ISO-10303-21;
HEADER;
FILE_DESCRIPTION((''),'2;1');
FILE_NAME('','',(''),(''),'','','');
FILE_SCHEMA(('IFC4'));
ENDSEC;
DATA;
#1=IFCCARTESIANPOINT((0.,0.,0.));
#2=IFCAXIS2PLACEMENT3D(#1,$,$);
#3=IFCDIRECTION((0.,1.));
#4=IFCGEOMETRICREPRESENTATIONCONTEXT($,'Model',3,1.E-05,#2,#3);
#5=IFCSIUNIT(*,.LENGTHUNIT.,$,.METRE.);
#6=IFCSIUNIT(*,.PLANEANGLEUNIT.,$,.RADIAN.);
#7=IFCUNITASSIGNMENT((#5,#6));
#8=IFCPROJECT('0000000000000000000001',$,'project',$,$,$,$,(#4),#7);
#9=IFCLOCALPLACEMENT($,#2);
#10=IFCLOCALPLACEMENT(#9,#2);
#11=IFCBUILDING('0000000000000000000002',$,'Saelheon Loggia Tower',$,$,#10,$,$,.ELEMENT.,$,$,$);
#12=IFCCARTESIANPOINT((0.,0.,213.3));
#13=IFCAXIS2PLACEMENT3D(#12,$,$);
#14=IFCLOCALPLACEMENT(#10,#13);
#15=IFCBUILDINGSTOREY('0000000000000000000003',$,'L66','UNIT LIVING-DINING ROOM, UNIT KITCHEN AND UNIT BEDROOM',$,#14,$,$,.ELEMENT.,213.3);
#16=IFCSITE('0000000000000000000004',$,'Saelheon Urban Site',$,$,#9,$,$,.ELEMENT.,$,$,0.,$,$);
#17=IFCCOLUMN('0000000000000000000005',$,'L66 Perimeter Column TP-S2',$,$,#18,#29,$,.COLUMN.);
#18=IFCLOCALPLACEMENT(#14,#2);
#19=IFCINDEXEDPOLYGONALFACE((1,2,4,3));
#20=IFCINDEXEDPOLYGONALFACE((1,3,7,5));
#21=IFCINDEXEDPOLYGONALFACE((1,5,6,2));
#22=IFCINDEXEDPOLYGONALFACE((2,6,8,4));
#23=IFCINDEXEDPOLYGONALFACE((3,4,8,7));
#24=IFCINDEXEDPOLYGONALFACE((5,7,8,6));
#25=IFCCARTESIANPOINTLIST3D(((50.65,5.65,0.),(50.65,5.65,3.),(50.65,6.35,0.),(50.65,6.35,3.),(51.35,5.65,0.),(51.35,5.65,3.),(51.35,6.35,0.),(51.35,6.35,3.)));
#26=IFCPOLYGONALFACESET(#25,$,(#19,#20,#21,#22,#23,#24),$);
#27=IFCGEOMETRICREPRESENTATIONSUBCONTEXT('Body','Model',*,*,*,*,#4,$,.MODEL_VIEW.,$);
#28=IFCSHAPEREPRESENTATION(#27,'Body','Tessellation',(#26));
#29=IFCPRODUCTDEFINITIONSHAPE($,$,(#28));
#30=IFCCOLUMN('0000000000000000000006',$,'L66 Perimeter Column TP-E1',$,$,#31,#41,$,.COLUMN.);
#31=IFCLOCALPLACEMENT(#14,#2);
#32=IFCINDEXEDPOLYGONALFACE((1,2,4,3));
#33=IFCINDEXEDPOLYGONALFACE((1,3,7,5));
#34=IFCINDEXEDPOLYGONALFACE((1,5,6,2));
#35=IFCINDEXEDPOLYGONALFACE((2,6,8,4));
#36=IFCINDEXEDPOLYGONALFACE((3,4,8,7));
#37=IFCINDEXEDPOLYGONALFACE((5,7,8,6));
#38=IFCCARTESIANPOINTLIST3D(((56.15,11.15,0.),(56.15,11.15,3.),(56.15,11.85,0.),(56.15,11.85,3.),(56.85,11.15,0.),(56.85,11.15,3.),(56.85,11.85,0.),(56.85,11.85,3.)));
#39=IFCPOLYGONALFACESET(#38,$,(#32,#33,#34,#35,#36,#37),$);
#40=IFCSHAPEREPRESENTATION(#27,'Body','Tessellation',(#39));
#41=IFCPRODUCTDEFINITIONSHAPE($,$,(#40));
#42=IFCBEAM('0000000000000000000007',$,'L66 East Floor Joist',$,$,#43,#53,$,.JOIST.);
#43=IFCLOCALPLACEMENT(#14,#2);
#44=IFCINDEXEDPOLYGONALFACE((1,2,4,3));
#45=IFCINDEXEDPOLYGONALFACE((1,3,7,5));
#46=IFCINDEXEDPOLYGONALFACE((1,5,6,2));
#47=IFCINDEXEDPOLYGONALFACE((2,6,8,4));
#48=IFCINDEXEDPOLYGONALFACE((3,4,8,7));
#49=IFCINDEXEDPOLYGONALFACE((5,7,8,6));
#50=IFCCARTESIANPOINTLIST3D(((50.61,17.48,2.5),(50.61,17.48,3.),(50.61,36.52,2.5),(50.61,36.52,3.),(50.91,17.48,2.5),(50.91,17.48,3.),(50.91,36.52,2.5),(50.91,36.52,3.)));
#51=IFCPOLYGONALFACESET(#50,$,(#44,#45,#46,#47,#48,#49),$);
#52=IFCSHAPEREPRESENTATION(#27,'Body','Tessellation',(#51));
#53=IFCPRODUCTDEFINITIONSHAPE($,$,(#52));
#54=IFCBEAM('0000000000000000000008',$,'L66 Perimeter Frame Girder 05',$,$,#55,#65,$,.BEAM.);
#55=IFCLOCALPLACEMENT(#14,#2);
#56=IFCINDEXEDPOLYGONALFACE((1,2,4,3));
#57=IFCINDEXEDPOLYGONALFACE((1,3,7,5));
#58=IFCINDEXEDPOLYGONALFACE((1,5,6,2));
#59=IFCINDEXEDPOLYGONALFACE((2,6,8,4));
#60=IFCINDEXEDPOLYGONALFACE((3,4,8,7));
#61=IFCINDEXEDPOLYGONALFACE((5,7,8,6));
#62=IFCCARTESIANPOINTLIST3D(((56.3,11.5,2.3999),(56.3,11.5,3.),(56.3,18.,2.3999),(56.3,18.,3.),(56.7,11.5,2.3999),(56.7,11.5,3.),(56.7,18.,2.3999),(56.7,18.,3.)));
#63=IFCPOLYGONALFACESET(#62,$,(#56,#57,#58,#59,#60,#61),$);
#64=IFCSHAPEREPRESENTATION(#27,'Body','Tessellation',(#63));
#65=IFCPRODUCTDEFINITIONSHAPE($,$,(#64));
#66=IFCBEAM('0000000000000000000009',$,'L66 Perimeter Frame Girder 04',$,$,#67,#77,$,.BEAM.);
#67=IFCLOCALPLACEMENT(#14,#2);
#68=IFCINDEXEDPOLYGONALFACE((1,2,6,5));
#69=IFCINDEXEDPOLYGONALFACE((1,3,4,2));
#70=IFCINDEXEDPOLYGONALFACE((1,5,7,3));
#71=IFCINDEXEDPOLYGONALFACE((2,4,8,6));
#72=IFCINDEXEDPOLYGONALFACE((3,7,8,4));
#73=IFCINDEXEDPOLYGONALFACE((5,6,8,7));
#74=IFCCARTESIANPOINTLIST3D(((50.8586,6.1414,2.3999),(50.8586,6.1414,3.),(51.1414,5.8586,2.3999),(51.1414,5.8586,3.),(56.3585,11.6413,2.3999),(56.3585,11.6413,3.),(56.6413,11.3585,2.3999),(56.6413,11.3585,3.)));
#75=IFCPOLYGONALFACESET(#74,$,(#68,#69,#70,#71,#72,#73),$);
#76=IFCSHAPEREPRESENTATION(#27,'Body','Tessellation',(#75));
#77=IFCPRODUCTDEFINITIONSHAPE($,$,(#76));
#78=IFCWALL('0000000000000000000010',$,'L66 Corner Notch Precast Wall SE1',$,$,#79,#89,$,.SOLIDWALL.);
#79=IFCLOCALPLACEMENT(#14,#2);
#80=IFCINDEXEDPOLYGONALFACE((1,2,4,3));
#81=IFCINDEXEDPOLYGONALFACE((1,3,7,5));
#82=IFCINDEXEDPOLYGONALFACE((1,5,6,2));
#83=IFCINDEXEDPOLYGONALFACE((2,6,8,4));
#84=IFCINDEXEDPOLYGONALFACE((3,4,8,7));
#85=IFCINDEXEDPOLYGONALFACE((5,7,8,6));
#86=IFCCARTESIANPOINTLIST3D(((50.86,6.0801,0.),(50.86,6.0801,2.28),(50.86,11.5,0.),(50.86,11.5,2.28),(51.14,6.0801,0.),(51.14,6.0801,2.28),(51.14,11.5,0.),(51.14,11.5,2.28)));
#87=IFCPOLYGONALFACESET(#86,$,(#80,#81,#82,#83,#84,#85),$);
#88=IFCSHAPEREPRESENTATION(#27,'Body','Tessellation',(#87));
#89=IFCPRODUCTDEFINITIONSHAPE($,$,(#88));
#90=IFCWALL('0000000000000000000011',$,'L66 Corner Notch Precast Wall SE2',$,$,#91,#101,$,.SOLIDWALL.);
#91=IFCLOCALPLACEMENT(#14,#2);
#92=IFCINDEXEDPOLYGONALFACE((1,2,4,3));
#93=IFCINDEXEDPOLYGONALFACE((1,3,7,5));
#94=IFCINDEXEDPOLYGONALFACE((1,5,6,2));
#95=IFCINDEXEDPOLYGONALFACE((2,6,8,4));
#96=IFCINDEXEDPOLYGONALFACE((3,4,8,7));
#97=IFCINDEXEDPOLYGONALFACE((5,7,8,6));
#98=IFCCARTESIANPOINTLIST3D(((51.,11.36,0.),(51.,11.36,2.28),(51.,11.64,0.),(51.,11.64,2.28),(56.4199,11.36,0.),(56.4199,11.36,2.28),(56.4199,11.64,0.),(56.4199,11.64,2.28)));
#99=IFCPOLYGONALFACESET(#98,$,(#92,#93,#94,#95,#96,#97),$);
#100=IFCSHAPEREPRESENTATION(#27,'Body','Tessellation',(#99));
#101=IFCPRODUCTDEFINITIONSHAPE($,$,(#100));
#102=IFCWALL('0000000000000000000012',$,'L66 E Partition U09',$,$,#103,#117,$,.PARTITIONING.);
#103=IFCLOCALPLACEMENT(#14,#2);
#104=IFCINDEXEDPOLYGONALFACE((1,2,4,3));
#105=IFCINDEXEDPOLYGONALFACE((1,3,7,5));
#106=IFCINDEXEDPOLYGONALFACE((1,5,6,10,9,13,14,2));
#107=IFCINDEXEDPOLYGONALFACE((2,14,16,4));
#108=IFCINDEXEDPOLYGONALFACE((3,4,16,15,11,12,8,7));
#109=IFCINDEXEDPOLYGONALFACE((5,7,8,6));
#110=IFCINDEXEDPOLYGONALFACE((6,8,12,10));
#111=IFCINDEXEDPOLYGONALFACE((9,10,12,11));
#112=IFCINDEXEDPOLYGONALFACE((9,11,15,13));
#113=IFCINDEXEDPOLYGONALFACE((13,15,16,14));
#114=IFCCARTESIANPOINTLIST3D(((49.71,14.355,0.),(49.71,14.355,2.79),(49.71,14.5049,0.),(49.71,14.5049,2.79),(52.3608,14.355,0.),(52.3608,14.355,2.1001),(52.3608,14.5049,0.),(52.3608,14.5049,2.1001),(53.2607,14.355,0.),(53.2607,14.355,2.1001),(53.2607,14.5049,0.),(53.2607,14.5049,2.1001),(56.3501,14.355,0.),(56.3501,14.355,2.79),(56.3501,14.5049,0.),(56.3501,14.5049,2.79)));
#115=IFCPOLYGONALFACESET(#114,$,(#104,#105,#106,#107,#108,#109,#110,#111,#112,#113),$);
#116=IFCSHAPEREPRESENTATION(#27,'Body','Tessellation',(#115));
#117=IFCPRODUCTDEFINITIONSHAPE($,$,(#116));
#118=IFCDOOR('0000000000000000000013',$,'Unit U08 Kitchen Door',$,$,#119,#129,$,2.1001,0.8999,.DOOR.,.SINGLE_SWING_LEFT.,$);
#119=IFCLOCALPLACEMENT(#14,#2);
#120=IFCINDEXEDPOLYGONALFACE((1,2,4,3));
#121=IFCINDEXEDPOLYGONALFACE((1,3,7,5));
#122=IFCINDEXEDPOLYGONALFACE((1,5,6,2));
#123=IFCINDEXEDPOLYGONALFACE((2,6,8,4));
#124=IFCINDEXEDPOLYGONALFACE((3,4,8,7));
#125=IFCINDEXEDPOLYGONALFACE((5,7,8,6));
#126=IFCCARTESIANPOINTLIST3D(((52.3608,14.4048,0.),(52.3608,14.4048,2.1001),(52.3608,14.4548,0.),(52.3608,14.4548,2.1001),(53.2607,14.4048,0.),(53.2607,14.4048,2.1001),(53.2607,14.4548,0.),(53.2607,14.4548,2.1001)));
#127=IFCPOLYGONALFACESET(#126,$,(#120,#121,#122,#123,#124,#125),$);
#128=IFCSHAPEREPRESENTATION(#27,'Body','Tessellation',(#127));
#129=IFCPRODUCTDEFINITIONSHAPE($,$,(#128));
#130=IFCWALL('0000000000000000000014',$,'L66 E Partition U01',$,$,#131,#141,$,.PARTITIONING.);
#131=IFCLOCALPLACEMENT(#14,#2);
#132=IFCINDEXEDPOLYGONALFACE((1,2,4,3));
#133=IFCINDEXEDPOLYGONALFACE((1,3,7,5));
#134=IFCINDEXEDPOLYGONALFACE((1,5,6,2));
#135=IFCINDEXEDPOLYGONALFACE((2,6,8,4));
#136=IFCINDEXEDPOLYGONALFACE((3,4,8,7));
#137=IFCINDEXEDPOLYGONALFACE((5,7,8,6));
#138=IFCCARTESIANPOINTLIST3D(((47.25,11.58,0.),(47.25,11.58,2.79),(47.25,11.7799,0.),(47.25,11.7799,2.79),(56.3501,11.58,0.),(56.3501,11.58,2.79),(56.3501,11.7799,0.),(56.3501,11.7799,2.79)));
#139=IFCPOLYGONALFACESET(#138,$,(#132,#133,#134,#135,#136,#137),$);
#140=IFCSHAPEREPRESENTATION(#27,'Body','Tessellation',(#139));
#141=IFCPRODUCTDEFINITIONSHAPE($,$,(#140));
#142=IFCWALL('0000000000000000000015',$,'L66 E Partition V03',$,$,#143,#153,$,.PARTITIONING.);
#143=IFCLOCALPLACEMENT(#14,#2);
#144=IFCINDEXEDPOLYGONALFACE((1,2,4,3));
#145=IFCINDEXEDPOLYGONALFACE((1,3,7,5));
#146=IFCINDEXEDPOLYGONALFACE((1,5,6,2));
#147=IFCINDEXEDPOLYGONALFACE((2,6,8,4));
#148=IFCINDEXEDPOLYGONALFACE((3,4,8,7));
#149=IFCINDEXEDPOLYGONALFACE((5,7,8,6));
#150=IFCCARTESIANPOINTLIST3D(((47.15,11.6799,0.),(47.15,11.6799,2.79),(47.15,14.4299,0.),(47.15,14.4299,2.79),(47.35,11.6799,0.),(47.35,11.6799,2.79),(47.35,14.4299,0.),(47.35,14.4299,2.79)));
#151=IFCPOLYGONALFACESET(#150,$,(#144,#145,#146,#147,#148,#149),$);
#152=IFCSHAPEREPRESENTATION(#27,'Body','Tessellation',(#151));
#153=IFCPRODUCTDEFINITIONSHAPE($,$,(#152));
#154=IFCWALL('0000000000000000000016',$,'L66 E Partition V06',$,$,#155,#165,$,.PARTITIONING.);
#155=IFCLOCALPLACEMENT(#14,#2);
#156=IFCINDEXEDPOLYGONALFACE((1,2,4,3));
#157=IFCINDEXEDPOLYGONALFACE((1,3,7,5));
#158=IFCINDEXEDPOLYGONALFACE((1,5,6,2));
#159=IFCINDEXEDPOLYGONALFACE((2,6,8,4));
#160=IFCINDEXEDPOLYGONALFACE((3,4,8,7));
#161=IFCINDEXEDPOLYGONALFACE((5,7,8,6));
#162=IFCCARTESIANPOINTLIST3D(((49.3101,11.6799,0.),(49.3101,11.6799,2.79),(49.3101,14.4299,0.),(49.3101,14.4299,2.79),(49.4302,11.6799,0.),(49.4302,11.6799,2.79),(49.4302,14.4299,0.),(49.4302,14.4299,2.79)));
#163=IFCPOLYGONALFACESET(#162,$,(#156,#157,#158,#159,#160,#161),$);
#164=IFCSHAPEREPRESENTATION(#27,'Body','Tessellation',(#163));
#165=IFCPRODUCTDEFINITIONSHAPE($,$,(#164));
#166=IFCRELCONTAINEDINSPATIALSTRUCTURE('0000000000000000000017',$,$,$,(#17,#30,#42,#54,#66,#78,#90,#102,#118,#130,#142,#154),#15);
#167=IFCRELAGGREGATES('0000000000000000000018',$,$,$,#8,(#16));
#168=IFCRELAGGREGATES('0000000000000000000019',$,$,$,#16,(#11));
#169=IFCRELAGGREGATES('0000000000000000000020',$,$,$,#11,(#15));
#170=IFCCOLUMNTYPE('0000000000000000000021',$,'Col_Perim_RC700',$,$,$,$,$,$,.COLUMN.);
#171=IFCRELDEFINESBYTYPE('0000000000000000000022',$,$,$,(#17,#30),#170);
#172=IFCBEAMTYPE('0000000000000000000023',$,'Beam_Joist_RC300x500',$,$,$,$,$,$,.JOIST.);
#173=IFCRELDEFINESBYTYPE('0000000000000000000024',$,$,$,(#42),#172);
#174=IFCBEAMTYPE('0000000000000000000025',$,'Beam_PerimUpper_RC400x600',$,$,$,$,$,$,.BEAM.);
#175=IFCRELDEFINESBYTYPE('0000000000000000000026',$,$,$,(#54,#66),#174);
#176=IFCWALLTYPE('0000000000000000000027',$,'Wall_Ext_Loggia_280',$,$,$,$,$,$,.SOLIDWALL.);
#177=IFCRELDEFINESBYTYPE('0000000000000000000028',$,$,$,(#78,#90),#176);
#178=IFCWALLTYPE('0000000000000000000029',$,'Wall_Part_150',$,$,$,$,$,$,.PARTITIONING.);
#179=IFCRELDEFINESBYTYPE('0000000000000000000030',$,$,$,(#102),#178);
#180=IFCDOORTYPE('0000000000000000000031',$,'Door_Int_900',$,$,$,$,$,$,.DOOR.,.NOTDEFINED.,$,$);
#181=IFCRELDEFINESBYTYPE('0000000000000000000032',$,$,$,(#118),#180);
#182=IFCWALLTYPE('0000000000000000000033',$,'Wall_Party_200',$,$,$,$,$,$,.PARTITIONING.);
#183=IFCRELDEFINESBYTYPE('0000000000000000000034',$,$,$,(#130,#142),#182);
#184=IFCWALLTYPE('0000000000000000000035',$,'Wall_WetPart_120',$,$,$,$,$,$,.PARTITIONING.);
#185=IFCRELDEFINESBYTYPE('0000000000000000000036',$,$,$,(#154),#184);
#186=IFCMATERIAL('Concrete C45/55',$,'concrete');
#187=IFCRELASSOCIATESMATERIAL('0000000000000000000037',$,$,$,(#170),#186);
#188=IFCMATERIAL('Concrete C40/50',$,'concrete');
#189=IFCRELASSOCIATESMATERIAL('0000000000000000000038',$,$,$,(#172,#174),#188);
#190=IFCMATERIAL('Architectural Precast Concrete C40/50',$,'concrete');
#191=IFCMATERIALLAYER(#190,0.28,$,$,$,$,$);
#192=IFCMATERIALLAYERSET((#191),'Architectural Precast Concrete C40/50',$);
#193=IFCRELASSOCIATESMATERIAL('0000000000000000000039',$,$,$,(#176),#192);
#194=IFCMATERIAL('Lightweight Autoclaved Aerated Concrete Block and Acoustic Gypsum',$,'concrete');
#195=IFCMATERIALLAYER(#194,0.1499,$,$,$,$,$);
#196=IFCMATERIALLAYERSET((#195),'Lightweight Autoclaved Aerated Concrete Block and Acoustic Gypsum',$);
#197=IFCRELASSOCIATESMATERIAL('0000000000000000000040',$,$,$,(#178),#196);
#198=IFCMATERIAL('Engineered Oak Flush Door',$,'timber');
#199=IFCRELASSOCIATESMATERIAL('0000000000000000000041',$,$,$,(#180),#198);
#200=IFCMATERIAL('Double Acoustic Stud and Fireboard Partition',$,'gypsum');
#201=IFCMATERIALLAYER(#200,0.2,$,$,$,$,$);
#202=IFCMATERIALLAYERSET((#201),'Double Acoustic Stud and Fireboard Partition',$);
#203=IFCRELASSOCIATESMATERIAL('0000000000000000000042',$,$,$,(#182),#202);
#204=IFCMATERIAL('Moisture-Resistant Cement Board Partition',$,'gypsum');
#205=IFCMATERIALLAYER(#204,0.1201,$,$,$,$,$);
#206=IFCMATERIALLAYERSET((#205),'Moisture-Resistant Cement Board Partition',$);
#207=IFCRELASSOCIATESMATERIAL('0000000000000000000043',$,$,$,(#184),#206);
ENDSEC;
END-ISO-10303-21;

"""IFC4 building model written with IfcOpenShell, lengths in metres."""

from ifc_helpers import new_model, si_unit, direction, frame, frame_2d, origin, origin_2d, place, context, subcontext, project, spatial, rectangle, extrude, source, transform, mapped, material, layer, layer_set, material_profile, profile_set, type_object, element, fill, save


model = new_model("IFC4")

# Units and contexts
model_context = context("Model", 3, precision=1e-05, world=origin(), true_north=direction((0.0, 1.0)))
body_context = subcontext(model_context, "Body", "Model", "MODEL_VIEW")
ifc_project = project(units=[si_unit("LENGTHUNIT", "METRE"), si_unit("PLANEANGLEUNIT", "RADIAN")], contexts=[model_context])

# Site, building, storey
site_placement = place(None, origin())
site = spatial("IfcSite", under=ifc_project, at=site_placement, Name="Saelheon Urban Site", CompositionType="ELEMENT", RefElevation=0.0)
building_placement = place(site_placement, origin())
building = spatial("IfcBuilding", under=site, at=building_placement, Name="Saelheon Loggia Tower", CompositionType="ELEMENT")
storey_placement = place(building_placement, frame((0.0, 0.0, 213.3)))
storey = spatial("IfcBuildingStorey", under=building, at=storey_placement, Name="L66", Description="UNIT LIVING-DINING ROOM, UNIT KITCHEN AND UNIT BEDROOM", CompositionType="ELEMENT", Elevation=213.3)

# Columns
ifc_material_1 = material(Name="Concrete C45/55", Category="concrete")
ifc_material_profile_1 = material_profile(ifc_material_1, rectangle(XDim=0.7, YDim=0.7, at=origin_2d()), Name="RC-700x700")
ifc_profile_set_1 = profile_set([ifc_material_profile_1], Name="Concrete C45/55")
column_type = type_object("IfcColumnType", Name="Col_Perim_RC700", PredefinedType="COLUMN", material=ifc_profile_set_1)
shared_shape_1 = source(origin(), body_context, "Body", "SweptSolid", [
    extrude(rectangle(XDim=0.7, YDim=0.7, at=origin_2d()), origin(), (0.0, 0.0, 1.0), 3.0),
])
for number, where, z_axis, x_axis, name in (
    (1, (51.0, 6.0, 0.0), (0.0, 0.0, 1.0), (1.0, 0.0, 0.0), "L66 Perimeter Column TP-S2"),
    (2, (56.5, 11.5, 0.0), (0.0, 0.0, 1.0), (1.0, 0.0, 0.0), "L66 Perimeter Column TP-E1"),
):
    element("IfcColumn", number, at=place(storey_placement, frame(where, z_axis=z_axis, x_axis=x_axis)), inside=storey, type_object=column_type, Name=name, PredefinedType="COLUMN", context=body_context, shape_type="MappedRepresentation", body=[
        mapped(shared_shape_1, transform((0.0, 0.0, 0.0), scale=1.0)),
    ])

# Beams
ifc_material_2 = material(Name="Concrete C40/50", Category="concrete")
ifc_material_profile_2 = material_profile(ifc_material_2, rectangle(XDim=0.3, YDim=0.5, at=origin_2d()), Name="RC-300x500")
ifc_profile_set_2 = profile_set([ifc_material_profile_2], Name="Concrete C40/50")
beam_type_1 = type_object("IfcBeamType", Name="Beam_Joist_RC300x500", PredefinedType="JOIST", material=ifc_profile_set_2)
shared_shape_2 = source(origin(), body_context, "Body", "SweptSolid", [
    extrude(rectangle(XDim=0.3, YDim=0.5, at=origin_2d()), origin(), (0.0, 0.0, 1.0), 19.04),
])
beam_1_placement = place(storey_placement, frame((50.76, 17.48, 2.75), z_axis=(0.0, 1.0, 0.0), x_axis=(-1.0, 0.0, 0.0)))
element("IfcBeam", 3, at=beam_1_placement, inside=storey, type_object=beam_type_1, Name="L66 East Floor Joist", PredefinedType="JOIST", context=body_context, shape_type="MappedRepresentation", body=[
    mapped(shared_shape_2, transform((0.0, 0.0, 0.0), scale=1.0)),
])
ifc_material_profile_3 = material_profile(ifc_material_2, rectangle(XDim=0.3999, YDim=0.6001, at=origin_2d()), Name="RC-400x600")
ifc_profile_set_3 = profile_set([ifc_material_profile_3], Name="Concrete C40/50")
beam_type_2 = type_object("IfcBeamType", Name="Beam_PerimUpper_RC400x600", PredefinedType="BEAM", material=ifc_profile_set_3)
shared_shape_3 = source(origin(), body_context, "Body", "SweptSolid", [
    extrude(rectangle(XDim=0.3999, YDim=0.6001, at=origin_2d()), origin(), (0.0, 0.0, 1.0), 6.5),
])
beam_2_placement = place(storey_placement, frame((56.5, 11.5, 2.7), z_axis=(0.0, 1.0, 0.0), x_axis=(-1.0, 0.0, 0.0)))
element("IfcBeam", 4, at=beam_2_placement, inside=storey, type_object=beam_type_2, Name="L66 Perimeter Frame Girder 05", PredefinedType="BEAM", context=body_context, shape_type="MappedRepresentation", body=[
    mapped(shared_shape_3, transform((0.0, 0.0, 0.0), scale=1.0)),
])
shared_shape_4 = source(origin(), body_context, "Body", "SweptSolid", [
    extrude(rectangle(XDim=0.3999, YDim=0.6001, at=origin_2d()), origin(), (0.0, 0.0, 1.0), 7.7781),
])
beam_3_placement = place(storey_placement, frame((51.0, 6.0, 2.7), z_axis=(0.707107, 0.707107, 0.0), x_axis=(-0.707107, 0.707107, 0.0)))
element("IfcBeam", 5, at=beam_3_placement, inside=storey, type_object=beam_type_2, Name="L66 Perimeter Frame Girder 04", PredefinedType="BEAM", context=body_context, shape_type="MappedRepresentation", body=[
    mapped(shared_shape_4, transform((0.0, 0.0, 0.0), scale=1.0)),
])

# Shared definitions
ifc_material_3 = material(Name="Architectural Precast Concrete C40/50", Category="concrete")
ifc_layer_1 = layer(ifc_material_3, 0.28)
ifc_layer_set_1 = layer_set([ifc_layer_1], Name="Architectural Precast Concrete C40/50")
wall_type_1 = type_object("IfcWallType", Name="Wall_Ext_Loggia_280", PredefinedType="SOLIDWALL", material=ifc_layer_set_1)

# Walls
for number, where, z_axis, x_axis, name in (
    (6, (51.0, 6.0801, 0.0), (0.0, 0.0, 1.0), (0.0, 1.0, 0.0), "L66 Corner Notch Precast Wall SE1"),
    (7, (51.0, 11.5, 0.0), (0.0, 0.0, 1.0), (1.0, 0.0, 0.0), "L66 Corner Notch Precast Wall SE2"),
):
    element("IfcWall", number, at=place(storey_placement, frame(where, z_axis=z_axis, x_axis=x_axis)), inside=storey, type_object=wall_type_1, Name=name, PredefinedType="SOLIDWALL", context=body_context, shape_type="SweptSolid", body=[
        extrude(rectangle(XDim=5.4199, YDim=0.28, at=frame_2d((2.71, 0.0))), origin(), (0.0, 0.0, 1.0), 2.28),
    ])

# Wall, opening, door
ifc_material_4 = material(Name="Lightweight Autoclaved Aerated Concrete Block and Acoustic Gypsum", Category="concrete")
ifc_layer_2 = layer(ifc_material_4, 0.1499)
ifc_layer_set_2 = layer_set([ifc_layer_2], Name="Lightweight Autoclaved Aerated Concrete Block and Acoustic Gypsum")
wall_type_2 = type_object("IfcWallType", Name="Wall_Part_150", PredefinedType="PARTITIONING", material=ifc_layer_set_2)
wall_1_placement = place(storey_placement, frame((49.71, 14.4299, 0.0), z_axis=(0.0, 0.0, 1.0), x_axis=(1.0, 0.0, 0.0)))
wall_1 = element("IfcWall", 8, at=wall_1_placement, inside=storey, type_object=wall_type_2, Name="L66 E Partition U09", PredefinedType="PARTITIONING", context=body_context, shape_type="SweptSolid", body=[
    extrude(rectangle(XDim=6.6401, YDim=0.1499, at=frame_2d((3.3201, 0.0))), origin(), (0.0, 0.0, 1.0), 2.79),
])
opening_1_placement = place(wall_1_placement, frame((2.6509, 0.0, 0.0)))
opening_1 = element("IfcOpeningElement", 9, at=opening_1_placement, cuts=wall_1, PredefinedType="OPENING", context=body_context, shape_type="SweptSolid", body=[
    extrude(rectangle(XDim=0.8999, YDim=2.1001, at=frame_2d((0.45, 1.05))), frame((0.0, 0.0869, 0.0), z_axis=(0.0, -1.0, 0.0), x_axis=(1.0, 0.0, 0.0)), (0.0, 0.0, 1.0), 0.1738),
])
ifc_material_5 = material(Name="Engineered Oak Flush Door", Category="timber")
door_type_1 = type_object("IfcDoorType", Name="Door_Int_900", OperationType="NOTDEFINED", PredefinedType="DOOR", material=ifc_material_5)
shared_shape_5 = source(origin(), body_context, "Body", "SweptSolid", [
    extrude(rectangle(XDim=0.8999, YDim=2.1001, at=frame_2d((0.45, 1.05))), frame((0.0, 0.0249, 0.0), z_axis=(0.0, -1.0, 0.0), x_axis=(1.0, 0.0, 0.0)), (0.0, 0.0, 1.0), 0.05),
])
door_1_placement = place(opening_1_placement, origin())
door_1 = element("IfcDoor", 10, at=door_1_placement, inside=storey, type_object=door_type_1, Name="Unit U08 Kitchen Door", OperationType="SINGLE_SWING_LEFT", OverallHeight=2.1001, OverallWidth=0.8999, PredefinedType="DOOR", context=body_context, shape_type="MappedRepresentation", body=[
    mapped(shared_shape_5, transform((0.0, 0.0, 0.0), scale=1.0)),
])
fill(opening_1, door_1)

# Walls
ifc_material_6 = material(Name="Double Acoustic Stud and Fireboard Partition", Category="gypsum")
ifc_layer_3 = layer(ifc_material_6, 0.2)
ifc_layer_set_3 = layer_set([ifc_layer_3], Name="Double Acoustic Stud and Fireboard Partition")
wall_type_3 = type_object("IfcWallType", Name="Wall_Party_200", PredefinedType="PARTITIONING", material=ifc_layer_set_3)
wall_2_placement = place(storey_placement, frame((47.25, 11.6799, 0.0), z_axis=(0.0, 0.0, 1.0), x_axis=(1.0, 0.0, 0.0)))
element("IfcWall", 11, at=wall_2_placement, inside=storey, type_object=wall_type_3, Name="L66 E Partition U01", PredefinedType="PARTITIONING", context=body_context, shape_type="SweptSolid", body=[
    extrude(rectangle(XDim=9.1001, YDim=0.2, at=frame_2d((4.55, 0.0))), origin(), (0.0, 0.0, 1.0), 2.79),
])
wall_3_placement = place(storey_placement, frame((47.25, 11.6799, 0.0), z_axis=(0.0, 0.0, 1.0), x_axis=(0.0, 1.0, 0.0)))
element("IfcWall", 12, at=wall_3_placement, inside=storey, type_object=wall_type_3, Name="L66 E Partition V03", PredefinedType="PARTITIONING", context=body_context, shape_type="SweptSolid", body=[
    extrude(rectangle(XDim=2.75, YDim=0.2, at=frame_2d((1.375, 0.0))), origin(), (0.0, 0.0, 1.0), 2.79),
])

# Wall
ifc_material_7 = material(Name="Moisture-Resistant Cement Board Partition", Category="gypsum")
ifc_layer_4 = layer(ifc_material_7, 0.1201)
ifc_layer_set_4 = layer_set([ifc_layer_4], Name="Moisture-Resistant Cement Board Partition")
wall_type_4 = type_object("IfcWallType", Name="Wall_WetPart_120", PredefinedType="PARTITIONING", material=ifc_layer_set_4)
wall_4_placement = place(storey_placement, frame((49.3701, 11.6799, 0.0), z_axis=(0.0, 0.0, 1.0), x_axis=(0.0, 1.0, 0.0)))
element("IfcWall", 13, at=wall_4_placement, inside=storey, type_object=wall_type_4, Name="L66 E Partition V06", PredefinedType="PARTITIONING", context=body_context, shape_type="SweptSolid", body=[
    extrude(rectangle(XDim=2.75, YDim=0.1201, at=frame_2d((1.375, 0.0))), origin(), (0.0, 0.0, 1.0), 2.79),
])

save(model, "model.ifc")
